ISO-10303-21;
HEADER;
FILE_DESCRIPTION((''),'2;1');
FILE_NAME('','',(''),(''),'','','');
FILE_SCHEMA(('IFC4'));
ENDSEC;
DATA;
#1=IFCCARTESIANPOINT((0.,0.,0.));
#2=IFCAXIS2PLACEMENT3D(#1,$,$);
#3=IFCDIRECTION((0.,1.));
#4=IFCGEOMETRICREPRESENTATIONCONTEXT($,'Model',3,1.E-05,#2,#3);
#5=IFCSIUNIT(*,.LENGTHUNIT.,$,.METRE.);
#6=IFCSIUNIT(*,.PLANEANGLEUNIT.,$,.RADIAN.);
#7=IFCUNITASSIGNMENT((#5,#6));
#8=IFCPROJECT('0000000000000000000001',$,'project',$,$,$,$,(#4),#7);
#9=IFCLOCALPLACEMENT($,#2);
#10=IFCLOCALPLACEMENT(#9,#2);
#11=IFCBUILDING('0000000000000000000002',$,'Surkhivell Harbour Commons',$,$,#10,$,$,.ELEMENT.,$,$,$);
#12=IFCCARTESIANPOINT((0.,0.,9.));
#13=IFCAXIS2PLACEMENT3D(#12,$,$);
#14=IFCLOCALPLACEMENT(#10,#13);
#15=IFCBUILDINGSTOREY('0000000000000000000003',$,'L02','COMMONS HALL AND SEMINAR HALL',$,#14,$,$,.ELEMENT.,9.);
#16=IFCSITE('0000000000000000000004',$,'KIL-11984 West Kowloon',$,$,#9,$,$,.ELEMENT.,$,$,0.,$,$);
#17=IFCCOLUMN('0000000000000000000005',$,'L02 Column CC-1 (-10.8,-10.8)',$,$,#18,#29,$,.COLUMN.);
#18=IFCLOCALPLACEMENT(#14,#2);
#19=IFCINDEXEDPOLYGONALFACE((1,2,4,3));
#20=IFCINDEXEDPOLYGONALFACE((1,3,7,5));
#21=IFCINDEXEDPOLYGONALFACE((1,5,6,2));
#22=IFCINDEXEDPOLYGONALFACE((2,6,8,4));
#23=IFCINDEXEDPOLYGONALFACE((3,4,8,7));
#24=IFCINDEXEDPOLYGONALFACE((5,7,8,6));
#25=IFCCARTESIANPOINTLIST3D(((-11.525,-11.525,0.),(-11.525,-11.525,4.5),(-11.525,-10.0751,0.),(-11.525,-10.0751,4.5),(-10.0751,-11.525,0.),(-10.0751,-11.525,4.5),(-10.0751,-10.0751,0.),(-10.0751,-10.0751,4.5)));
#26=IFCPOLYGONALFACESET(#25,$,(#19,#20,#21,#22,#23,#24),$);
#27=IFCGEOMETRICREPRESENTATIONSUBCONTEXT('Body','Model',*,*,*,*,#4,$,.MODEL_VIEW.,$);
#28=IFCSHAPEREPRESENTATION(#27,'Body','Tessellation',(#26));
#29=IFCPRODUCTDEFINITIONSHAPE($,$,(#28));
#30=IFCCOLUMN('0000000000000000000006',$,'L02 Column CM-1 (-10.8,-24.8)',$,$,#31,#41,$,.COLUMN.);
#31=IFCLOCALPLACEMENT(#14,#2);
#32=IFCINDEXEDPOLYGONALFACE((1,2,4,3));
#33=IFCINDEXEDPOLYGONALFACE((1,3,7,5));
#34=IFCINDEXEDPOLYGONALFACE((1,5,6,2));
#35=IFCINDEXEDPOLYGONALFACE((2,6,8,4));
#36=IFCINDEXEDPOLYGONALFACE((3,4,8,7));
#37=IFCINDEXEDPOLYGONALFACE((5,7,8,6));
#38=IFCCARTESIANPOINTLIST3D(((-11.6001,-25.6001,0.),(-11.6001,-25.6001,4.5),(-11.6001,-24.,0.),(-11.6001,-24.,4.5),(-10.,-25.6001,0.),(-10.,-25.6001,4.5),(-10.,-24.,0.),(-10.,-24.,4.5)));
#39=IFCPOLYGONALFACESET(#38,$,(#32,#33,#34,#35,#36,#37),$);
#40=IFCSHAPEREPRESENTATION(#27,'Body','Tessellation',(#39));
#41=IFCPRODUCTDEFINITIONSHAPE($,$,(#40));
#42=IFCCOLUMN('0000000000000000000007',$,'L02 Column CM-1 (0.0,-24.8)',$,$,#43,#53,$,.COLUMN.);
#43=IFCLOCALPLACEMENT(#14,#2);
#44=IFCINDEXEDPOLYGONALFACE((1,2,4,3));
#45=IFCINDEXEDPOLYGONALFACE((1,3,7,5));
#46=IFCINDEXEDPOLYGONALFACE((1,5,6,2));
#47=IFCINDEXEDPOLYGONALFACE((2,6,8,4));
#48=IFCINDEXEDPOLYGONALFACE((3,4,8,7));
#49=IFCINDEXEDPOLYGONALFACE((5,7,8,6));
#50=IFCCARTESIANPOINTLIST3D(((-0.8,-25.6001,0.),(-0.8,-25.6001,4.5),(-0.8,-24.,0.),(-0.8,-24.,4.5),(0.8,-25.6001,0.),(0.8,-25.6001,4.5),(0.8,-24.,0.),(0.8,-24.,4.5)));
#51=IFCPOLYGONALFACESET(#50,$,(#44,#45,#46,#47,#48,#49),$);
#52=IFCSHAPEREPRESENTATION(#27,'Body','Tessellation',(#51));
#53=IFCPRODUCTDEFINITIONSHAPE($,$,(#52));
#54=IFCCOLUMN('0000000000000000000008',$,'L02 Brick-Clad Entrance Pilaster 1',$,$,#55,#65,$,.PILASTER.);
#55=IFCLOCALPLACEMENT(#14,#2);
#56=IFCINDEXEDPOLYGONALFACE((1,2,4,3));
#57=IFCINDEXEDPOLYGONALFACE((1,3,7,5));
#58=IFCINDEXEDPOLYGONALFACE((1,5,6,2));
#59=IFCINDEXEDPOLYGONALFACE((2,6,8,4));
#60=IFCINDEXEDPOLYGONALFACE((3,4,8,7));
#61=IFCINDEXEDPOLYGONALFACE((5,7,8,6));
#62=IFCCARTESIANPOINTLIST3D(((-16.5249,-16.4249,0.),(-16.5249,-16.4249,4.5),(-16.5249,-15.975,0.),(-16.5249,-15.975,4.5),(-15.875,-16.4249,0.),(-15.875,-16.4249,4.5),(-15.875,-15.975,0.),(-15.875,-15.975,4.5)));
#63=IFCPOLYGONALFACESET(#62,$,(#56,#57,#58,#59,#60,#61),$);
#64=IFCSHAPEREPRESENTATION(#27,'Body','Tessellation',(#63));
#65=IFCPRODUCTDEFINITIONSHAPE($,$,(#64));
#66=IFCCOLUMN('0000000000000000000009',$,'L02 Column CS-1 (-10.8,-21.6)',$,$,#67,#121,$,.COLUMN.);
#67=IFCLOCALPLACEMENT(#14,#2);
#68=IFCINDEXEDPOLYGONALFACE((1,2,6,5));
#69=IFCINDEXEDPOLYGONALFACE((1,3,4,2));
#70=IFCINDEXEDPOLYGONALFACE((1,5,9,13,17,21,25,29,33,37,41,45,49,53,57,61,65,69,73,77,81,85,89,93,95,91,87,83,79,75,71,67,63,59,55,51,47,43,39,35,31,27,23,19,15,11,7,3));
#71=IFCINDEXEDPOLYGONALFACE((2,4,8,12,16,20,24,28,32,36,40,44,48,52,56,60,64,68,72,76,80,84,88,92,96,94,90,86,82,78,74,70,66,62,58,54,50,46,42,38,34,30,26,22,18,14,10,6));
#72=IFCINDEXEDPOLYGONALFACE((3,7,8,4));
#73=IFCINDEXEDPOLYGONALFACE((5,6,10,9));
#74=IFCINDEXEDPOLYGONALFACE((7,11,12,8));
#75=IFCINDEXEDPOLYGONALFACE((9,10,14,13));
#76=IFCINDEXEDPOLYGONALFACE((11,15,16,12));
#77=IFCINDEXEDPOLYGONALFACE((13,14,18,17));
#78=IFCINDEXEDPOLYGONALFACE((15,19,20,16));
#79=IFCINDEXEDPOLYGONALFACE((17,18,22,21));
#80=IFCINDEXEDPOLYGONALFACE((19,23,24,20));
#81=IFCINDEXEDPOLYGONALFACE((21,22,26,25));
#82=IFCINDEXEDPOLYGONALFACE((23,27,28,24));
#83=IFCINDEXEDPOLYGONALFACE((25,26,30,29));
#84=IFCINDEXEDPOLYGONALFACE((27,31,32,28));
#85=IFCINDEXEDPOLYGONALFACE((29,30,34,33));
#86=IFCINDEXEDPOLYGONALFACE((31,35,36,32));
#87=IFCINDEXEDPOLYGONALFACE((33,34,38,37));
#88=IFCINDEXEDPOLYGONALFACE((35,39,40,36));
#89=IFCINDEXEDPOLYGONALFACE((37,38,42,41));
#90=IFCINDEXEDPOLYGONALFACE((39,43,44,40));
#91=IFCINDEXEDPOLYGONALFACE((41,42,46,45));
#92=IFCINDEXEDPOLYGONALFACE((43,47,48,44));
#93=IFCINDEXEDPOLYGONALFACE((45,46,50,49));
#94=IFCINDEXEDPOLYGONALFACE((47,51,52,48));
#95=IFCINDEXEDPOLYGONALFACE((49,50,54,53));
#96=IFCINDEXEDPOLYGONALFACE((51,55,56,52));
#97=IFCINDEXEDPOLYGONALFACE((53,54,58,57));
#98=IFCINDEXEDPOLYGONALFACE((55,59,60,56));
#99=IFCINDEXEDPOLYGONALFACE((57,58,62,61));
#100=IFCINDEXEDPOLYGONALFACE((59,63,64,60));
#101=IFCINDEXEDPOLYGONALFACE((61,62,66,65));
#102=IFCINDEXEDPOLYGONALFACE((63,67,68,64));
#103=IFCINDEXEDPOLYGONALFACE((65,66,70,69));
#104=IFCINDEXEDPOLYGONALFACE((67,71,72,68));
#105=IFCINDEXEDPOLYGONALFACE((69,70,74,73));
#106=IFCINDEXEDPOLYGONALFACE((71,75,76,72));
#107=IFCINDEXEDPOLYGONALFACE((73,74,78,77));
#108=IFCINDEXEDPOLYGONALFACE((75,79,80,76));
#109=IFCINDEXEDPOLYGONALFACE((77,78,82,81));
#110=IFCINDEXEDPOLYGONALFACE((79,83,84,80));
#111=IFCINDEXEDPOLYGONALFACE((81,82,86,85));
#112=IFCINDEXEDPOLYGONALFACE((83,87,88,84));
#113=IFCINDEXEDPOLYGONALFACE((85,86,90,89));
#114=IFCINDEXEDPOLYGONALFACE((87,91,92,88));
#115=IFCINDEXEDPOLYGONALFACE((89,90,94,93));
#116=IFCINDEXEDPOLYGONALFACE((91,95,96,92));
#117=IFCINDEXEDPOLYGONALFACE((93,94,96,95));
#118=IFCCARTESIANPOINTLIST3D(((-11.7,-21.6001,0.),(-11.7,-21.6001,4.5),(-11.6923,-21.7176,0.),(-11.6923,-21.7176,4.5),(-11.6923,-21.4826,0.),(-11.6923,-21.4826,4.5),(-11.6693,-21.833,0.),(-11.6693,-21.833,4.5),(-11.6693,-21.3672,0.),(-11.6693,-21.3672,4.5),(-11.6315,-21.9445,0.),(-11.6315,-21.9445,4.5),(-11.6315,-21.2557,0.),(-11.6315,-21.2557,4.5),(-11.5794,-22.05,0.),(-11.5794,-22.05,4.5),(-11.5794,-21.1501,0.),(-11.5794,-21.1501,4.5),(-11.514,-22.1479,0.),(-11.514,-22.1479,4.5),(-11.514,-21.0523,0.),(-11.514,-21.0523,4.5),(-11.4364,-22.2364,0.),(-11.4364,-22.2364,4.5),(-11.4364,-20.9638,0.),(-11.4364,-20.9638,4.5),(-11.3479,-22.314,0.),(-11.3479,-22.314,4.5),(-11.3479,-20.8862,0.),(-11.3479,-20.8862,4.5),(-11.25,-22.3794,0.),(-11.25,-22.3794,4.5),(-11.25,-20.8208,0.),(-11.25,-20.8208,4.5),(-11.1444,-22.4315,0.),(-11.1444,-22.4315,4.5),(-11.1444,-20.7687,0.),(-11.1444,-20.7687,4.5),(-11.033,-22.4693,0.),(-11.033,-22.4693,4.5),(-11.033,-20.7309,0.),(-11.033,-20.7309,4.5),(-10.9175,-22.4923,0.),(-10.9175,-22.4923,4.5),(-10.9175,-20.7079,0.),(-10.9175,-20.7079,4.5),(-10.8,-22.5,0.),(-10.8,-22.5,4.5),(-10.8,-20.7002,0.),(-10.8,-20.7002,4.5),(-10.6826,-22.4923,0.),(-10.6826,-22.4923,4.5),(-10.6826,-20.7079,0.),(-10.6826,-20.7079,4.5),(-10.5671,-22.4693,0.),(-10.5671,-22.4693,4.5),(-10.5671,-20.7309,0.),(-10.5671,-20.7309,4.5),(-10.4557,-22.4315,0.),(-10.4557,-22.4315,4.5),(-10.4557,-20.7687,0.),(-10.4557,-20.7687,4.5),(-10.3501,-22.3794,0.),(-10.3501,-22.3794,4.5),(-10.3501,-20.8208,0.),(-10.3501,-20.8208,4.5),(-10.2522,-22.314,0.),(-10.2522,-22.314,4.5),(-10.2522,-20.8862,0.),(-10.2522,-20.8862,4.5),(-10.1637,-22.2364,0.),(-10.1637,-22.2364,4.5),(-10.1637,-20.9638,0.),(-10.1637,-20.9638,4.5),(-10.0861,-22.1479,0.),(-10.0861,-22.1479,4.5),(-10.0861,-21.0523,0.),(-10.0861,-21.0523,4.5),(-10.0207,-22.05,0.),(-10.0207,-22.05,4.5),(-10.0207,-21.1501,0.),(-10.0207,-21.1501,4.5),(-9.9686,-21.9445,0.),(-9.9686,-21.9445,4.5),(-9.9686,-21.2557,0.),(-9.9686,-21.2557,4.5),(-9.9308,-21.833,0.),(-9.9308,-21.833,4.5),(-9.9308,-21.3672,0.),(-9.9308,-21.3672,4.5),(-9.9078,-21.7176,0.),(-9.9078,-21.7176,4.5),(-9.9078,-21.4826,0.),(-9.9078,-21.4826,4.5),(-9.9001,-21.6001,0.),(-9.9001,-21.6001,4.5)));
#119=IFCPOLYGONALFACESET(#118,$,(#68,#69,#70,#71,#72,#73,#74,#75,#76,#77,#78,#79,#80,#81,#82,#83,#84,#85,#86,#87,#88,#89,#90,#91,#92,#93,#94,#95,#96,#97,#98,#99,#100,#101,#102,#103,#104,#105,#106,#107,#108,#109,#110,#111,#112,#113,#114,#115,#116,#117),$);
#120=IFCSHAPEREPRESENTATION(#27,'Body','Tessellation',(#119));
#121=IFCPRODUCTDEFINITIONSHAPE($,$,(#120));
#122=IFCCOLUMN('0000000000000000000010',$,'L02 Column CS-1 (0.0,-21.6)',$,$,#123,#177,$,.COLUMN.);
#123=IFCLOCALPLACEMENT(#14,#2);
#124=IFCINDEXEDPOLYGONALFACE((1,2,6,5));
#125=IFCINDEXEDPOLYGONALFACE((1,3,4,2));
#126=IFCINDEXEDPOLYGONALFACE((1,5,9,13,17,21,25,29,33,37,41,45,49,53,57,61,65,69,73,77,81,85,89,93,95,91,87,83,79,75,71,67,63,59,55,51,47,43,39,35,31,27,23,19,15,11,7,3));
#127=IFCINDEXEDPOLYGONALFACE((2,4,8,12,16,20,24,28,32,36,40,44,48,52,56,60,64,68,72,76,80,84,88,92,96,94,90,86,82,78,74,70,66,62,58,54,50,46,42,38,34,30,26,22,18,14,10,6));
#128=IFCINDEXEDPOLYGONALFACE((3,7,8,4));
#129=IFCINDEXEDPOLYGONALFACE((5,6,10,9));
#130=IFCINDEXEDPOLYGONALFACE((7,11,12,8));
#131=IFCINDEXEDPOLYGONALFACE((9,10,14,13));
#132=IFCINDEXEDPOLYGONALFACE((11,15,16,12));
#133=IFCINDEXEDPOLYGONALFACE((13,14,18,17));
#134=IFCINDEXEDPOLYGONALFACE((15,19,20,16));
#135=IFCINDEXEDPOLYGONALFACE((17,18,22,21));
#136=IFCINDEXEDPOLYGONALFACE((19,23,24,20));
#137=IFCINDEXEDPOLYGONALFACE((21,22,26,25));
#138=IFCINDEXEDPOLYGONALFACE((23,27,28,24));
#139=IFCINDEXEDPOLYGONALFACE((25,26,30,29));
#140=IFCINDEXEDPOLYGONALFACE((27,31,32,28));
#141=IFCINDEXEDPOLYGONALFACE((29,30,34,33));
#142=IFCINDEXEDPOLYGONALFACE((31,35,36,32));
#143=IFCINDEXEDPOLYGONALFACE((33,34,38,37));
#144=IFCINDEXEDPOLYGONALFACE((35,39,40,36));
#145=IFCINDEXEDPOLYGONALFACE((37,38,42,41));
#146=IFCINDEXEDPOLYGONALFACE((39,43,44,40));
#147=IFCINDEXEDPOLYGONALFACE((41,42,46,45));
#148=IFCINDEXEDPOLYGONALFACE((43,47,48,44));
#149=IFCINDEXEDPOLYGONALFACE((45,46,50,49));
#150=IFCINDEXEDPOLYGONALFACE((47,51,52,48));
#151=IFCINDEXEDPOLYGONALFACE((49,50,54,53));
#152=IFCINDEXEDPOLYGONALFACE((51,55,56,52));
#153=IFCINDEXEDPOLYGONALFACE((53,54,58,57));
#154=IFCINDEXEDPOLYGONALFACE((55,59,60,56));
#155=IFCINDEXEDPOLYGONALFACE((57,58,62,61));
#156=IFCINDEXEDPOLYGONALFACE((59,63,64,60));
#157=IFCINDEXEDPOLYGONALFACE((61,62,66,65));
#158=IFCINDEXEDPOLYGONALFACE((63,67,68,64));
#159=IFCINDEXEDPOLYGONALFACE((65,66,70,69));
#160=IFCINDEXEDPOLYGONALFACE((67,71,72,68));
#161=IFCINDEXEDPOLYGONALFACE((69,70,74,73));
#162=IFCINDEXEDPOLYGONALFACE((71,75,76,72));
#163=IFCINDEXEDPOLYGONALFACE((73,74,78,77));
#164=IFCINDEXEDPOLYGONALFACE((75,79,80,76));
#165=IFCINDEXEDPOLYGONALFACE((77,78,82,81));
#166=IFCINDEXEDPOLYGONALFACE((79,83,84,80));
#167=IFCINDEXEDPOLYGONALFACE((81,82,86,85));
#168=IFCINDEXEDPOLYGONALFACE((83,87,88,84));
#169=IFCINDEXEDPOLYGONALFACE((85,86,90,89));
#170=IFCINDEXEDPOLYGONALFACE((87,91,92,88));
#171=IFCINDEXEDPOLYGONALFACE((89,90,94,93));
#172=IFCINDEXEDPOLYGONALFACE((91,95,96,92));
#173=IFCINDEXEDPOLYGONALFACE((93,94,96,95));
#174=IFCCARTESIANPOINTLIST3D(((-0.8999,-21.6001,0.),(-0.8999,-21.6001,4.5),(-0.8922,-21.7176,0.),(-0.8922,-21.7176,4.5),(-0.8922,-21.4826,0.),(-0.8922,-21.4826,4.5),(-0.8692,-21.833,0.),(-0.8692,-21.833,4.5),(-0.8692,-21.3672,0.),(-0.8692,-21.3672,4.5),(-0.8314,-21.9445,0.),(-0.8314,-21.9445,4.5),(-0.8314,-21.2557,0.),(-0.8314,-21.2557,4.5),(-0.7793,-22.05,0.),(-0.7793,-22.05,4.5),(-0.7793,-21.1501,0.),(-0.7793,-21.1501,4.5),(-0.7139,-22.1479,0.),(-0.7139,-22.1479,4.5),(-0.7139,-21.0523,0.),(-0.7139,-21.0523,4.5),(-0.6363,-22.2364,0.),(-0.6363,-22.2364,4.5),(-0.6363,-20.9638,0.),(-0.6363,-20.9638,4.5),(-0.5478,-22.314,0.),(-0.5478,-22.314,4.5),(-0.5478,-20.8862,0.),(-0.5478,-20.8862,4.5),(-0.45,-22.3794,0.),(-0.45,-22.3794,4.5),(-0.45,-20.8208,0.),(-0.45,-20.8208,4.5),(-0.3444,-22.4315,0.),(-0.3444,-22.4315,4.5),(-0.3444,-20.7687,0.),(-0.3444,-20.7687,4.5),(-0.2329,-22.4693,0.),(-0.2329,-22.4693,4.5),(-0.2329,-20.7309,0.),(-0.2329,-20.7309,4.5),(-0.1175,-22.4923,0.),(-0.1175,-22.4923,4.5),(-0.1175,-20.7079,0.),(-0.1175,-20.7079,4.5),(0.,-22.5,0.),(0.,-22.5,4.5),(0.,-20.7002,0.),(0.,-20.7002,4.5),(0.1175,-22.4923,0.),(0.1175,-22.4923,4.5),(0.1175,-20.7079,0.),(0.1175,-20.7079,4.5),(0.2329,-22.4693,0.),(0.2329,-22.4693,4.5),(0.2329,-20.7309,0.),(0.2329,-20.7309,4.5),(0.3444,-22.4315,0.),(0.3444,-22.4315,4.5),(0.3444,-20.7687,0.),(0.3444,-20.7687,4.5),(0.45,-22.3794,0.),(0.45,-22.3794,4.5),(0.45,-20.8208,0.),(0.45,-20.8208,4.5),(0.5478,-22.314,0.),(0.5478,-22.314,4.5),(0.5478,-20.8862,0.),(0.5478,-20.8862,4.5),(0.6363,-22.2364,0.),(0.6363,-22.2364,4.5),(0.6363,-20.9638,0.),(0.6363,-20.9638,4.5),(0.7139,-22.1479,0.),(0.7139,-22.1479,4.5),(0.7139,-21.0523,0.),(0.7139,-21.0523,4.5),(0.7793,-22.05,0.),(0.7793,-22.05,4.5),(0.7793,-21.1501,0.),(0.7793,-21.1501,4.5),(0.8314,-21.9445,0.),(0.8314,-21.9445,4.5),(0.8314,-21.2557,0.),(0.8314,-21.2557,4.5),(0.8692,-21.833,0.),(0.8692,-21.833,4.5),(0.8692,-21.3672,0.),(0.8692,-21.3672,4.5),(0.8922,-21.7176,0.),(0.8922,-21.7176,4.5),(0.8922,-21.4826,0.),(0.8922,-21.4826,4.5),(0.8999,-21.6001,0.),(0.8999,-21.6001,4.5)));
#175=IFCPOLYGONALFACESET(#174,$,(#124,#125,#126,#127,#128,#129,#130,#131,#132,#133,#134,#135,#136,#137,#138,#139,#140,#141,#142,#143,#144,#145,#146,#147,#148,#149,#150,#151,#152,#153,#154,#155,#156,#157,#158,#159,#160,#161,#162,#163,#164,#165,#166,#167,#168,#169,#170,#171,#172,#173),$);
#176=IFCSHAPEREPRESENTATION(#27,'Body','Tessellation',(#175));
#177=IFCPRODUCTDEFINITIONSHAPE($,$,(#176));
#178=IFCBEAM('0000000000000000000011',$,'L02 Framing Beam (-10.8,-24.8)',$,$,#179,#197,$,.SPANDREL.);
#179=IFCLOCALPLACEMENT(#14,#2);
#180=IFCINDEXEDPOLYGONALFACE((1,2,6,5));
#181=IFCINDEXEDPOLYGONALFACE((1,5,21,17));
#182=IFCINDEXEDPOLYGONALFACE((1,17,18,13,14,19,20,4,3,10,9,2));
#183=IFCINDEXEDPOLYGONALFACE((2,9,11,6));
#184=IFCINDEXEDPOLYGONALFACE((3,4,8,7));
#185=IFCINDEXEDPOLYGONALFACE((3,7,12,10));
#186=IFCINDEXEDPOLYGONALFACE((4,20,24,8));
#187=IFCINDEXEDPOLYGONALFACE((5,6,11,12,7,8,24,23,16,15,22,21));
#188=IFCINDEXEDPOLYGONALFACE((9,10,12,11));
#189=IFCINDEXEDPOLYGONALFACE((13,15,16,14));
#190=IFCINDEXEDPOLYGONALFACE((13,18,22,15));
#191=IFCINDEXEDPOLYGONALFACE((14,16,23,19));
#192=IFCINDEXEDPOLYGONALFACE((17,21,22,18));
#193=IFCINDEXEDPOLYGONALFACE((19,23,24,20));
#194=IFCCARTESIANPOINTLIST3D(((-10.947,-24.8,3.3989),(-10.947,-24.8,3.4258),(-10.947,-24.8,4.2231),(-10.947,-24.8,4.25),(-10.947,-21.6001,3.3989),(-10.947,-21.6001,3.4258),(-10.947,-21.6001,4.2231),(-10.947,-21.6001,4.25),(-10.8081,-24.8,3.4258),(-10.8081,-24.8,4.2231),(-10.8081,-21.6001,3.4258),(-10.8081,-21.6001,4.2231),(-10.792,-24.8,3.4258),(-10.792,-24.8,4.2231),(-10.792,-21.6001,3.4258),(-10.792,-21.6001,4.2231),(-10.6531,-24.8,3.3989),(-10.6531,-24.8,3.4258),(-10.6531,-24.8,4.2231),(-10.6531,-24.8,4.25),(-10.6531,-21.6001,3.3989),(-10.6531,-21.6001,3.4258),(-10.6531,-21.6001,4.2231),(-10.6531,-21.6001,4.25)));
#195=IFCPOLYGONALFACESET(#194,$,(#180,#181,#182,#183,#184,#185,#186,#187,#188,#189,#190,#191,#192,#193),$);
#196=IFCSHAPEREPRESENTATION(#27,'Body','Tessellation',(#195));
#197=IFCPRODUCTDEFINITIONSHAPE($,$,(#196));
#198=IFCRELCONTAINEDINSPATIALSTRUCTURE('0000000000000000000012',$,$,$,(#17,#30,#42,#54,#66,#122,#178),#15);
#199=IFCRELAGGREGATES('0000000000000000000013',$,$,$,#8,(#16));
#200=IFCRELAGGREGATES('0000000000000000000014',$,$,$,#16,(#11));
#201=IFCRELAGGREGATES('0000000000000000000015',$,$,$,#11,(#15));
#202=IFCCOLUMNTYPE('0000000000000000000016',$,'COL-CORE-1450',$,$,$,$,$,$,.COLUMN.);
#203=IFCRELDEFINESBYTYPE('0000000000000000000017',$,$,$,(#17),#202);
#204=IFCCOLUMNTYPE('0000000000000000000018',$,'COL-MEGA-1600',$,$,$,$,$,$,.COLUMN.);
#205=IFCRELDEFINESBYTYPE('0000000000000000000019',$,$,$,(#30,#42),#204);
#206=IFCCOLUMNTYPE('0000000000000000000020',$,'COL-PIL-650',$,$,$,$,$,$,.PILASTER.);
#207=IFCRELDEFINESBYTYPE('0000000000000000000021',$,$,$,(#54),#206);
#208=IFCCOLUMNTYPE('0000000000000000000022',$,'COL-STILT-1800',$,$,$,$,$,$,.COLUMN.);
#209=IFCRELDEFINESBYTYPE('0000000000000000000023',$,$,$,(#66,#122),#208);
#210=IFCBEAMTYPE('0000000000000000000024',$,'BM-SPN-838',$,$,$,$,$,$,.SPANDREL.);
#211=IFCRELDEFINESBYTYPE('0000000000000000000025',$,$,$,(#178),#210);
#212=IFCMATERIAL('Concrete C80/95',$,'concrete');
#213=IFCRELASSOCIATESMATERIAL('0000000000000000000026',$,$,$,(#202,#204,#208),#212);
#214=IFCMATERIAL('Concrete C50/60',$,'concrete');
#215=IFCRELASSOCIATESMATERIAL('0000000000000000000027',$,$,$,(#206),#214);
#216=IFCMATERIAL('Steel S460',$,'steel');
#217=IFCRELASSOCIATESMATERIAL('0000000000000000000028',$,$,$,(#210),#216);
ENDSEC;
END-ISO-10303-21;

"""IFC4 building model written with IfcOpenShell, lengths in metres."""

from ifc_helpers import new_model, si_unit, direction, frame, origin, origin_2d, place, context, subcontext, project, spatial, rectangle, circle, i_section, extrude, material, material_profile, profile_set, type_object, element, save


model = new_model("IFC4")

# Units and contexts
model_context = context("Model", 3, precision=1e-05, world=origin(), true_north=direction((0.0, 1.0)))
body_context = subcontext(model_context, "Body", "Model", "MODEL_VIEW")
ifc_project = project(units=[si_unit("LENGTHUNIT", "METRE"), si_unit("PLANEANGLEUNIT", "RADIAN")], contexts=[model_context])

# Site, building, storey
site_placement = place(None, origin())
site = spatial("IfcSite", under=ifc_project, at=site_placement, Name="KIL-11984 West Kowloon", CompositionType="ELEMENT", RefElevation=0.0)
building_placement = place(site_placement, origin())
building = spatial("IfcBuilding", under=site, at=building_placement, Name="Surkhivell Harbour Commons", CompositionType="ELEMENT")
storey_placement = place(building_placement, frame((0.0, 0.0, 9.0)))
storey = spatial("IfcBuildingStorey", under=building, at=storey_placement, Name="L02", Description="COMMONS HALL AND SEMINAR HALL", CompositionType="ELEMENT", Elevation=9.0)

# Columns
ifc_material_1 = material(Name="Concrete C80/95", Category="concrete")
ifc_material_profile_1 = material_profile(ifc_material_1, rectangle(XDim=1.45, YDim=1.45, at=origin_2d()), Name="RC-COL-1450x1450")
ifc_profile_set_1 = profile_set([ifc_material_profile_1], Name="Concrete C80/95")
column_type_1 = type_object("IfcColumnType", Name="COL-CORE-1450", PredefinedType="COLUMN", material=ifc_profile_set_1)
column_1_placement = place(storey_placement, frame((-10.8, -10.8, 0.0), z_axis=(0.0, 0.0, 1.0), x_axis=(1.0, 0.0, 0.0)))
element("IfcColumn", 1, at=column_1_placement, inside=storey, type_object=column_type_1, Name="L02 Column CC-1 (-10.8,-10.8)", PredefinedType="COLUMN", context=body_context, shape_type="SweptSolid", body=[
    extrude(rectangle(XDim=1.45, YDim=1.45, at=origin_2d()), origin(), (0.0, 0.0, 1.0), 4.5),
])
ifc_material_profile_2 = material_profile(ifc_material_1, rectangle(XDim=1.6001, YDim=1.6001, at=origin_2d()), Name="RC-COL-1600x1600")
ifc_profile_set_2 = profile_set([ifc_material_profile_2], Name="Concrete C80/95")
column_type_2 = type_object("IfcColumnType", Name="COL-MEGA-1600", PredefinedType="COLUMN", material=ifc_profile_set_2)
for number, where, z_axis, x_axis, name in (
    (2, (-10.8, -24.8, 0.0), (0.0, 0.0, 1.0), (1.0, 0.0, 0.0), "L02 Column CM-1 (-10.8,-24.8)"),
    (3, (0.0, -24.8, 0.0), (0.0, 0.0, 1.0), (1.0, 0.0, 0.0), "L02 Column CM-1 (0.0,-24.8)"),
):
    element("IfcColumn", number, at=place(storey_placement, frame(where, z_axis=z_axis, x_axis=x_axis)), inside=storey, type_object=column_type_2, Name=name, PredefinedType="COLUMN", context=body_context, shape_type="SweptSolid", body=[
        extrude(rectangle(XDim=1.6001, YDim=1.6001, at=origin_2d()), origin(), (0.0, 0.0, 1.0), 4.5),
    ])
ifc_material_2 = material(Name="Concrete C50/60", Category="concrete")
ifc_material_profile_3 = material_profile(ifc_material_2, rectangle(XDim=0.6499, YDim=0.45, at=origin_2d()), Name="RC-PIL-650x450")
ifc_profile_set_3 = profile_set([ifc_material_profile_3], Name="Concrete C50/60")
column_type_3 = type_object("IfcColumnType", Name="COL-PIL-650", PredefinedType="PILASTER", material=ifc_profile_set_3)
column_2_placement = place(storey_placement, frame((-16.2, -16.2, 0.0), z_axis=(0.0, 0.0, 1.0), x_axis=(1.0, 0.0, 0.0)))
element("IfcColumn", 4, at=column_2_placement, inside=storey, type_object=column_type_3, Name="L02 Brick-Clad Entrance Pilaster 1", PredefinedType="PILASTER", context=body_context, shape_type="SweptSolid", body=[
    extrude(rectangle(XDim=0.6499, YDim=0.45, at=origin_2d()), origin(), (0.0, 0.0, 1.0), 4.5),
])
ifc_material_profile_4 = material_profile(ifc_material_1, circle(Radius=0.8999, at=origin_2d()), Name="RC-CIRC-1800")
ifc_profile_set_4 = profile_set([ifc_material_profile_4], Name="Concrete C80/95")
column_type_4 = type_object("IfcColumnType", Name="COL-STILT-1800", PredefinedType="COLUMN", material=ifc_profile_set_4)
for number, where, z_axis, x_axis, name in (
    (5, (-10.8, -21.6001, 0.0), (0.0, 0.0, 1.0), (1.0, 0.0, 0.0), "L02 Column CS-1 (-10.8,-21.6)"),
    (6, (0.0, -21.6001, 0.0), (0.0, 0.0, 1.0), (1.0, 0.0, 0.0), "L02 Column CS-1 (0.0,-21.6)"),
):
    element("IfcColumn", number, at=place(storey_placement, frame(where, z_axis=z_axis, x_axis=x_axis)), inside=storey, type_object=column_type_4, Name=name, PredefinedType="COLUMN", context=body_context, shape_type="SweptSolid", body=[
        extrude(circle(Radius=0.8999, at=origin_2d()), origin(), (0.0, 0.0, 1.0), 4.5),
    ])

# Beam
ifc_material_3 = material(Name="Steel S460", Category="steel")
ifc_material_profile_5 = material_profile(ifc_material_3, i_section(OverallWidth=0.2939, OverallDepth=0.8511, WebThickness=0.0161, FlangeThickness=0.0269, at=origin_2d()), Name="UB838x292x226")
ifc_profile_set_5 = profile_set([ifc_material_profile_5], Name="Steel S460")
beam_type = type_object("IfcBeamType", Name="BM-SPN-838", PredefinedType="SPANDREL", material=ifc_profile_set_5)
beam_1_placement = place(storey_placement, frame((-10.8, -24.8, 3.8245), z_axis=(0.0, 1.0, 0.0), x_axis=(-1.0, 0.0, 0.0)))
element("IfcBeam", 7, at=beam_1_placement, inside=storey, type_object=beam_type, Name="L02 Framing Beam (-10.8,-24.8)", PredefinedType="SPANDREL", context=body_context, shape_type="SweptSolid", body=[
    extrude(i_section(OverallWidth=0.2939, OverallDepth=0.8511, WebThickness=0.0161, FlangeThickness=0.0269, at=origin_2d()), origin(), (0.0, 0.0, 1.0), 3.2),
])

save(model, "model.ifc")
